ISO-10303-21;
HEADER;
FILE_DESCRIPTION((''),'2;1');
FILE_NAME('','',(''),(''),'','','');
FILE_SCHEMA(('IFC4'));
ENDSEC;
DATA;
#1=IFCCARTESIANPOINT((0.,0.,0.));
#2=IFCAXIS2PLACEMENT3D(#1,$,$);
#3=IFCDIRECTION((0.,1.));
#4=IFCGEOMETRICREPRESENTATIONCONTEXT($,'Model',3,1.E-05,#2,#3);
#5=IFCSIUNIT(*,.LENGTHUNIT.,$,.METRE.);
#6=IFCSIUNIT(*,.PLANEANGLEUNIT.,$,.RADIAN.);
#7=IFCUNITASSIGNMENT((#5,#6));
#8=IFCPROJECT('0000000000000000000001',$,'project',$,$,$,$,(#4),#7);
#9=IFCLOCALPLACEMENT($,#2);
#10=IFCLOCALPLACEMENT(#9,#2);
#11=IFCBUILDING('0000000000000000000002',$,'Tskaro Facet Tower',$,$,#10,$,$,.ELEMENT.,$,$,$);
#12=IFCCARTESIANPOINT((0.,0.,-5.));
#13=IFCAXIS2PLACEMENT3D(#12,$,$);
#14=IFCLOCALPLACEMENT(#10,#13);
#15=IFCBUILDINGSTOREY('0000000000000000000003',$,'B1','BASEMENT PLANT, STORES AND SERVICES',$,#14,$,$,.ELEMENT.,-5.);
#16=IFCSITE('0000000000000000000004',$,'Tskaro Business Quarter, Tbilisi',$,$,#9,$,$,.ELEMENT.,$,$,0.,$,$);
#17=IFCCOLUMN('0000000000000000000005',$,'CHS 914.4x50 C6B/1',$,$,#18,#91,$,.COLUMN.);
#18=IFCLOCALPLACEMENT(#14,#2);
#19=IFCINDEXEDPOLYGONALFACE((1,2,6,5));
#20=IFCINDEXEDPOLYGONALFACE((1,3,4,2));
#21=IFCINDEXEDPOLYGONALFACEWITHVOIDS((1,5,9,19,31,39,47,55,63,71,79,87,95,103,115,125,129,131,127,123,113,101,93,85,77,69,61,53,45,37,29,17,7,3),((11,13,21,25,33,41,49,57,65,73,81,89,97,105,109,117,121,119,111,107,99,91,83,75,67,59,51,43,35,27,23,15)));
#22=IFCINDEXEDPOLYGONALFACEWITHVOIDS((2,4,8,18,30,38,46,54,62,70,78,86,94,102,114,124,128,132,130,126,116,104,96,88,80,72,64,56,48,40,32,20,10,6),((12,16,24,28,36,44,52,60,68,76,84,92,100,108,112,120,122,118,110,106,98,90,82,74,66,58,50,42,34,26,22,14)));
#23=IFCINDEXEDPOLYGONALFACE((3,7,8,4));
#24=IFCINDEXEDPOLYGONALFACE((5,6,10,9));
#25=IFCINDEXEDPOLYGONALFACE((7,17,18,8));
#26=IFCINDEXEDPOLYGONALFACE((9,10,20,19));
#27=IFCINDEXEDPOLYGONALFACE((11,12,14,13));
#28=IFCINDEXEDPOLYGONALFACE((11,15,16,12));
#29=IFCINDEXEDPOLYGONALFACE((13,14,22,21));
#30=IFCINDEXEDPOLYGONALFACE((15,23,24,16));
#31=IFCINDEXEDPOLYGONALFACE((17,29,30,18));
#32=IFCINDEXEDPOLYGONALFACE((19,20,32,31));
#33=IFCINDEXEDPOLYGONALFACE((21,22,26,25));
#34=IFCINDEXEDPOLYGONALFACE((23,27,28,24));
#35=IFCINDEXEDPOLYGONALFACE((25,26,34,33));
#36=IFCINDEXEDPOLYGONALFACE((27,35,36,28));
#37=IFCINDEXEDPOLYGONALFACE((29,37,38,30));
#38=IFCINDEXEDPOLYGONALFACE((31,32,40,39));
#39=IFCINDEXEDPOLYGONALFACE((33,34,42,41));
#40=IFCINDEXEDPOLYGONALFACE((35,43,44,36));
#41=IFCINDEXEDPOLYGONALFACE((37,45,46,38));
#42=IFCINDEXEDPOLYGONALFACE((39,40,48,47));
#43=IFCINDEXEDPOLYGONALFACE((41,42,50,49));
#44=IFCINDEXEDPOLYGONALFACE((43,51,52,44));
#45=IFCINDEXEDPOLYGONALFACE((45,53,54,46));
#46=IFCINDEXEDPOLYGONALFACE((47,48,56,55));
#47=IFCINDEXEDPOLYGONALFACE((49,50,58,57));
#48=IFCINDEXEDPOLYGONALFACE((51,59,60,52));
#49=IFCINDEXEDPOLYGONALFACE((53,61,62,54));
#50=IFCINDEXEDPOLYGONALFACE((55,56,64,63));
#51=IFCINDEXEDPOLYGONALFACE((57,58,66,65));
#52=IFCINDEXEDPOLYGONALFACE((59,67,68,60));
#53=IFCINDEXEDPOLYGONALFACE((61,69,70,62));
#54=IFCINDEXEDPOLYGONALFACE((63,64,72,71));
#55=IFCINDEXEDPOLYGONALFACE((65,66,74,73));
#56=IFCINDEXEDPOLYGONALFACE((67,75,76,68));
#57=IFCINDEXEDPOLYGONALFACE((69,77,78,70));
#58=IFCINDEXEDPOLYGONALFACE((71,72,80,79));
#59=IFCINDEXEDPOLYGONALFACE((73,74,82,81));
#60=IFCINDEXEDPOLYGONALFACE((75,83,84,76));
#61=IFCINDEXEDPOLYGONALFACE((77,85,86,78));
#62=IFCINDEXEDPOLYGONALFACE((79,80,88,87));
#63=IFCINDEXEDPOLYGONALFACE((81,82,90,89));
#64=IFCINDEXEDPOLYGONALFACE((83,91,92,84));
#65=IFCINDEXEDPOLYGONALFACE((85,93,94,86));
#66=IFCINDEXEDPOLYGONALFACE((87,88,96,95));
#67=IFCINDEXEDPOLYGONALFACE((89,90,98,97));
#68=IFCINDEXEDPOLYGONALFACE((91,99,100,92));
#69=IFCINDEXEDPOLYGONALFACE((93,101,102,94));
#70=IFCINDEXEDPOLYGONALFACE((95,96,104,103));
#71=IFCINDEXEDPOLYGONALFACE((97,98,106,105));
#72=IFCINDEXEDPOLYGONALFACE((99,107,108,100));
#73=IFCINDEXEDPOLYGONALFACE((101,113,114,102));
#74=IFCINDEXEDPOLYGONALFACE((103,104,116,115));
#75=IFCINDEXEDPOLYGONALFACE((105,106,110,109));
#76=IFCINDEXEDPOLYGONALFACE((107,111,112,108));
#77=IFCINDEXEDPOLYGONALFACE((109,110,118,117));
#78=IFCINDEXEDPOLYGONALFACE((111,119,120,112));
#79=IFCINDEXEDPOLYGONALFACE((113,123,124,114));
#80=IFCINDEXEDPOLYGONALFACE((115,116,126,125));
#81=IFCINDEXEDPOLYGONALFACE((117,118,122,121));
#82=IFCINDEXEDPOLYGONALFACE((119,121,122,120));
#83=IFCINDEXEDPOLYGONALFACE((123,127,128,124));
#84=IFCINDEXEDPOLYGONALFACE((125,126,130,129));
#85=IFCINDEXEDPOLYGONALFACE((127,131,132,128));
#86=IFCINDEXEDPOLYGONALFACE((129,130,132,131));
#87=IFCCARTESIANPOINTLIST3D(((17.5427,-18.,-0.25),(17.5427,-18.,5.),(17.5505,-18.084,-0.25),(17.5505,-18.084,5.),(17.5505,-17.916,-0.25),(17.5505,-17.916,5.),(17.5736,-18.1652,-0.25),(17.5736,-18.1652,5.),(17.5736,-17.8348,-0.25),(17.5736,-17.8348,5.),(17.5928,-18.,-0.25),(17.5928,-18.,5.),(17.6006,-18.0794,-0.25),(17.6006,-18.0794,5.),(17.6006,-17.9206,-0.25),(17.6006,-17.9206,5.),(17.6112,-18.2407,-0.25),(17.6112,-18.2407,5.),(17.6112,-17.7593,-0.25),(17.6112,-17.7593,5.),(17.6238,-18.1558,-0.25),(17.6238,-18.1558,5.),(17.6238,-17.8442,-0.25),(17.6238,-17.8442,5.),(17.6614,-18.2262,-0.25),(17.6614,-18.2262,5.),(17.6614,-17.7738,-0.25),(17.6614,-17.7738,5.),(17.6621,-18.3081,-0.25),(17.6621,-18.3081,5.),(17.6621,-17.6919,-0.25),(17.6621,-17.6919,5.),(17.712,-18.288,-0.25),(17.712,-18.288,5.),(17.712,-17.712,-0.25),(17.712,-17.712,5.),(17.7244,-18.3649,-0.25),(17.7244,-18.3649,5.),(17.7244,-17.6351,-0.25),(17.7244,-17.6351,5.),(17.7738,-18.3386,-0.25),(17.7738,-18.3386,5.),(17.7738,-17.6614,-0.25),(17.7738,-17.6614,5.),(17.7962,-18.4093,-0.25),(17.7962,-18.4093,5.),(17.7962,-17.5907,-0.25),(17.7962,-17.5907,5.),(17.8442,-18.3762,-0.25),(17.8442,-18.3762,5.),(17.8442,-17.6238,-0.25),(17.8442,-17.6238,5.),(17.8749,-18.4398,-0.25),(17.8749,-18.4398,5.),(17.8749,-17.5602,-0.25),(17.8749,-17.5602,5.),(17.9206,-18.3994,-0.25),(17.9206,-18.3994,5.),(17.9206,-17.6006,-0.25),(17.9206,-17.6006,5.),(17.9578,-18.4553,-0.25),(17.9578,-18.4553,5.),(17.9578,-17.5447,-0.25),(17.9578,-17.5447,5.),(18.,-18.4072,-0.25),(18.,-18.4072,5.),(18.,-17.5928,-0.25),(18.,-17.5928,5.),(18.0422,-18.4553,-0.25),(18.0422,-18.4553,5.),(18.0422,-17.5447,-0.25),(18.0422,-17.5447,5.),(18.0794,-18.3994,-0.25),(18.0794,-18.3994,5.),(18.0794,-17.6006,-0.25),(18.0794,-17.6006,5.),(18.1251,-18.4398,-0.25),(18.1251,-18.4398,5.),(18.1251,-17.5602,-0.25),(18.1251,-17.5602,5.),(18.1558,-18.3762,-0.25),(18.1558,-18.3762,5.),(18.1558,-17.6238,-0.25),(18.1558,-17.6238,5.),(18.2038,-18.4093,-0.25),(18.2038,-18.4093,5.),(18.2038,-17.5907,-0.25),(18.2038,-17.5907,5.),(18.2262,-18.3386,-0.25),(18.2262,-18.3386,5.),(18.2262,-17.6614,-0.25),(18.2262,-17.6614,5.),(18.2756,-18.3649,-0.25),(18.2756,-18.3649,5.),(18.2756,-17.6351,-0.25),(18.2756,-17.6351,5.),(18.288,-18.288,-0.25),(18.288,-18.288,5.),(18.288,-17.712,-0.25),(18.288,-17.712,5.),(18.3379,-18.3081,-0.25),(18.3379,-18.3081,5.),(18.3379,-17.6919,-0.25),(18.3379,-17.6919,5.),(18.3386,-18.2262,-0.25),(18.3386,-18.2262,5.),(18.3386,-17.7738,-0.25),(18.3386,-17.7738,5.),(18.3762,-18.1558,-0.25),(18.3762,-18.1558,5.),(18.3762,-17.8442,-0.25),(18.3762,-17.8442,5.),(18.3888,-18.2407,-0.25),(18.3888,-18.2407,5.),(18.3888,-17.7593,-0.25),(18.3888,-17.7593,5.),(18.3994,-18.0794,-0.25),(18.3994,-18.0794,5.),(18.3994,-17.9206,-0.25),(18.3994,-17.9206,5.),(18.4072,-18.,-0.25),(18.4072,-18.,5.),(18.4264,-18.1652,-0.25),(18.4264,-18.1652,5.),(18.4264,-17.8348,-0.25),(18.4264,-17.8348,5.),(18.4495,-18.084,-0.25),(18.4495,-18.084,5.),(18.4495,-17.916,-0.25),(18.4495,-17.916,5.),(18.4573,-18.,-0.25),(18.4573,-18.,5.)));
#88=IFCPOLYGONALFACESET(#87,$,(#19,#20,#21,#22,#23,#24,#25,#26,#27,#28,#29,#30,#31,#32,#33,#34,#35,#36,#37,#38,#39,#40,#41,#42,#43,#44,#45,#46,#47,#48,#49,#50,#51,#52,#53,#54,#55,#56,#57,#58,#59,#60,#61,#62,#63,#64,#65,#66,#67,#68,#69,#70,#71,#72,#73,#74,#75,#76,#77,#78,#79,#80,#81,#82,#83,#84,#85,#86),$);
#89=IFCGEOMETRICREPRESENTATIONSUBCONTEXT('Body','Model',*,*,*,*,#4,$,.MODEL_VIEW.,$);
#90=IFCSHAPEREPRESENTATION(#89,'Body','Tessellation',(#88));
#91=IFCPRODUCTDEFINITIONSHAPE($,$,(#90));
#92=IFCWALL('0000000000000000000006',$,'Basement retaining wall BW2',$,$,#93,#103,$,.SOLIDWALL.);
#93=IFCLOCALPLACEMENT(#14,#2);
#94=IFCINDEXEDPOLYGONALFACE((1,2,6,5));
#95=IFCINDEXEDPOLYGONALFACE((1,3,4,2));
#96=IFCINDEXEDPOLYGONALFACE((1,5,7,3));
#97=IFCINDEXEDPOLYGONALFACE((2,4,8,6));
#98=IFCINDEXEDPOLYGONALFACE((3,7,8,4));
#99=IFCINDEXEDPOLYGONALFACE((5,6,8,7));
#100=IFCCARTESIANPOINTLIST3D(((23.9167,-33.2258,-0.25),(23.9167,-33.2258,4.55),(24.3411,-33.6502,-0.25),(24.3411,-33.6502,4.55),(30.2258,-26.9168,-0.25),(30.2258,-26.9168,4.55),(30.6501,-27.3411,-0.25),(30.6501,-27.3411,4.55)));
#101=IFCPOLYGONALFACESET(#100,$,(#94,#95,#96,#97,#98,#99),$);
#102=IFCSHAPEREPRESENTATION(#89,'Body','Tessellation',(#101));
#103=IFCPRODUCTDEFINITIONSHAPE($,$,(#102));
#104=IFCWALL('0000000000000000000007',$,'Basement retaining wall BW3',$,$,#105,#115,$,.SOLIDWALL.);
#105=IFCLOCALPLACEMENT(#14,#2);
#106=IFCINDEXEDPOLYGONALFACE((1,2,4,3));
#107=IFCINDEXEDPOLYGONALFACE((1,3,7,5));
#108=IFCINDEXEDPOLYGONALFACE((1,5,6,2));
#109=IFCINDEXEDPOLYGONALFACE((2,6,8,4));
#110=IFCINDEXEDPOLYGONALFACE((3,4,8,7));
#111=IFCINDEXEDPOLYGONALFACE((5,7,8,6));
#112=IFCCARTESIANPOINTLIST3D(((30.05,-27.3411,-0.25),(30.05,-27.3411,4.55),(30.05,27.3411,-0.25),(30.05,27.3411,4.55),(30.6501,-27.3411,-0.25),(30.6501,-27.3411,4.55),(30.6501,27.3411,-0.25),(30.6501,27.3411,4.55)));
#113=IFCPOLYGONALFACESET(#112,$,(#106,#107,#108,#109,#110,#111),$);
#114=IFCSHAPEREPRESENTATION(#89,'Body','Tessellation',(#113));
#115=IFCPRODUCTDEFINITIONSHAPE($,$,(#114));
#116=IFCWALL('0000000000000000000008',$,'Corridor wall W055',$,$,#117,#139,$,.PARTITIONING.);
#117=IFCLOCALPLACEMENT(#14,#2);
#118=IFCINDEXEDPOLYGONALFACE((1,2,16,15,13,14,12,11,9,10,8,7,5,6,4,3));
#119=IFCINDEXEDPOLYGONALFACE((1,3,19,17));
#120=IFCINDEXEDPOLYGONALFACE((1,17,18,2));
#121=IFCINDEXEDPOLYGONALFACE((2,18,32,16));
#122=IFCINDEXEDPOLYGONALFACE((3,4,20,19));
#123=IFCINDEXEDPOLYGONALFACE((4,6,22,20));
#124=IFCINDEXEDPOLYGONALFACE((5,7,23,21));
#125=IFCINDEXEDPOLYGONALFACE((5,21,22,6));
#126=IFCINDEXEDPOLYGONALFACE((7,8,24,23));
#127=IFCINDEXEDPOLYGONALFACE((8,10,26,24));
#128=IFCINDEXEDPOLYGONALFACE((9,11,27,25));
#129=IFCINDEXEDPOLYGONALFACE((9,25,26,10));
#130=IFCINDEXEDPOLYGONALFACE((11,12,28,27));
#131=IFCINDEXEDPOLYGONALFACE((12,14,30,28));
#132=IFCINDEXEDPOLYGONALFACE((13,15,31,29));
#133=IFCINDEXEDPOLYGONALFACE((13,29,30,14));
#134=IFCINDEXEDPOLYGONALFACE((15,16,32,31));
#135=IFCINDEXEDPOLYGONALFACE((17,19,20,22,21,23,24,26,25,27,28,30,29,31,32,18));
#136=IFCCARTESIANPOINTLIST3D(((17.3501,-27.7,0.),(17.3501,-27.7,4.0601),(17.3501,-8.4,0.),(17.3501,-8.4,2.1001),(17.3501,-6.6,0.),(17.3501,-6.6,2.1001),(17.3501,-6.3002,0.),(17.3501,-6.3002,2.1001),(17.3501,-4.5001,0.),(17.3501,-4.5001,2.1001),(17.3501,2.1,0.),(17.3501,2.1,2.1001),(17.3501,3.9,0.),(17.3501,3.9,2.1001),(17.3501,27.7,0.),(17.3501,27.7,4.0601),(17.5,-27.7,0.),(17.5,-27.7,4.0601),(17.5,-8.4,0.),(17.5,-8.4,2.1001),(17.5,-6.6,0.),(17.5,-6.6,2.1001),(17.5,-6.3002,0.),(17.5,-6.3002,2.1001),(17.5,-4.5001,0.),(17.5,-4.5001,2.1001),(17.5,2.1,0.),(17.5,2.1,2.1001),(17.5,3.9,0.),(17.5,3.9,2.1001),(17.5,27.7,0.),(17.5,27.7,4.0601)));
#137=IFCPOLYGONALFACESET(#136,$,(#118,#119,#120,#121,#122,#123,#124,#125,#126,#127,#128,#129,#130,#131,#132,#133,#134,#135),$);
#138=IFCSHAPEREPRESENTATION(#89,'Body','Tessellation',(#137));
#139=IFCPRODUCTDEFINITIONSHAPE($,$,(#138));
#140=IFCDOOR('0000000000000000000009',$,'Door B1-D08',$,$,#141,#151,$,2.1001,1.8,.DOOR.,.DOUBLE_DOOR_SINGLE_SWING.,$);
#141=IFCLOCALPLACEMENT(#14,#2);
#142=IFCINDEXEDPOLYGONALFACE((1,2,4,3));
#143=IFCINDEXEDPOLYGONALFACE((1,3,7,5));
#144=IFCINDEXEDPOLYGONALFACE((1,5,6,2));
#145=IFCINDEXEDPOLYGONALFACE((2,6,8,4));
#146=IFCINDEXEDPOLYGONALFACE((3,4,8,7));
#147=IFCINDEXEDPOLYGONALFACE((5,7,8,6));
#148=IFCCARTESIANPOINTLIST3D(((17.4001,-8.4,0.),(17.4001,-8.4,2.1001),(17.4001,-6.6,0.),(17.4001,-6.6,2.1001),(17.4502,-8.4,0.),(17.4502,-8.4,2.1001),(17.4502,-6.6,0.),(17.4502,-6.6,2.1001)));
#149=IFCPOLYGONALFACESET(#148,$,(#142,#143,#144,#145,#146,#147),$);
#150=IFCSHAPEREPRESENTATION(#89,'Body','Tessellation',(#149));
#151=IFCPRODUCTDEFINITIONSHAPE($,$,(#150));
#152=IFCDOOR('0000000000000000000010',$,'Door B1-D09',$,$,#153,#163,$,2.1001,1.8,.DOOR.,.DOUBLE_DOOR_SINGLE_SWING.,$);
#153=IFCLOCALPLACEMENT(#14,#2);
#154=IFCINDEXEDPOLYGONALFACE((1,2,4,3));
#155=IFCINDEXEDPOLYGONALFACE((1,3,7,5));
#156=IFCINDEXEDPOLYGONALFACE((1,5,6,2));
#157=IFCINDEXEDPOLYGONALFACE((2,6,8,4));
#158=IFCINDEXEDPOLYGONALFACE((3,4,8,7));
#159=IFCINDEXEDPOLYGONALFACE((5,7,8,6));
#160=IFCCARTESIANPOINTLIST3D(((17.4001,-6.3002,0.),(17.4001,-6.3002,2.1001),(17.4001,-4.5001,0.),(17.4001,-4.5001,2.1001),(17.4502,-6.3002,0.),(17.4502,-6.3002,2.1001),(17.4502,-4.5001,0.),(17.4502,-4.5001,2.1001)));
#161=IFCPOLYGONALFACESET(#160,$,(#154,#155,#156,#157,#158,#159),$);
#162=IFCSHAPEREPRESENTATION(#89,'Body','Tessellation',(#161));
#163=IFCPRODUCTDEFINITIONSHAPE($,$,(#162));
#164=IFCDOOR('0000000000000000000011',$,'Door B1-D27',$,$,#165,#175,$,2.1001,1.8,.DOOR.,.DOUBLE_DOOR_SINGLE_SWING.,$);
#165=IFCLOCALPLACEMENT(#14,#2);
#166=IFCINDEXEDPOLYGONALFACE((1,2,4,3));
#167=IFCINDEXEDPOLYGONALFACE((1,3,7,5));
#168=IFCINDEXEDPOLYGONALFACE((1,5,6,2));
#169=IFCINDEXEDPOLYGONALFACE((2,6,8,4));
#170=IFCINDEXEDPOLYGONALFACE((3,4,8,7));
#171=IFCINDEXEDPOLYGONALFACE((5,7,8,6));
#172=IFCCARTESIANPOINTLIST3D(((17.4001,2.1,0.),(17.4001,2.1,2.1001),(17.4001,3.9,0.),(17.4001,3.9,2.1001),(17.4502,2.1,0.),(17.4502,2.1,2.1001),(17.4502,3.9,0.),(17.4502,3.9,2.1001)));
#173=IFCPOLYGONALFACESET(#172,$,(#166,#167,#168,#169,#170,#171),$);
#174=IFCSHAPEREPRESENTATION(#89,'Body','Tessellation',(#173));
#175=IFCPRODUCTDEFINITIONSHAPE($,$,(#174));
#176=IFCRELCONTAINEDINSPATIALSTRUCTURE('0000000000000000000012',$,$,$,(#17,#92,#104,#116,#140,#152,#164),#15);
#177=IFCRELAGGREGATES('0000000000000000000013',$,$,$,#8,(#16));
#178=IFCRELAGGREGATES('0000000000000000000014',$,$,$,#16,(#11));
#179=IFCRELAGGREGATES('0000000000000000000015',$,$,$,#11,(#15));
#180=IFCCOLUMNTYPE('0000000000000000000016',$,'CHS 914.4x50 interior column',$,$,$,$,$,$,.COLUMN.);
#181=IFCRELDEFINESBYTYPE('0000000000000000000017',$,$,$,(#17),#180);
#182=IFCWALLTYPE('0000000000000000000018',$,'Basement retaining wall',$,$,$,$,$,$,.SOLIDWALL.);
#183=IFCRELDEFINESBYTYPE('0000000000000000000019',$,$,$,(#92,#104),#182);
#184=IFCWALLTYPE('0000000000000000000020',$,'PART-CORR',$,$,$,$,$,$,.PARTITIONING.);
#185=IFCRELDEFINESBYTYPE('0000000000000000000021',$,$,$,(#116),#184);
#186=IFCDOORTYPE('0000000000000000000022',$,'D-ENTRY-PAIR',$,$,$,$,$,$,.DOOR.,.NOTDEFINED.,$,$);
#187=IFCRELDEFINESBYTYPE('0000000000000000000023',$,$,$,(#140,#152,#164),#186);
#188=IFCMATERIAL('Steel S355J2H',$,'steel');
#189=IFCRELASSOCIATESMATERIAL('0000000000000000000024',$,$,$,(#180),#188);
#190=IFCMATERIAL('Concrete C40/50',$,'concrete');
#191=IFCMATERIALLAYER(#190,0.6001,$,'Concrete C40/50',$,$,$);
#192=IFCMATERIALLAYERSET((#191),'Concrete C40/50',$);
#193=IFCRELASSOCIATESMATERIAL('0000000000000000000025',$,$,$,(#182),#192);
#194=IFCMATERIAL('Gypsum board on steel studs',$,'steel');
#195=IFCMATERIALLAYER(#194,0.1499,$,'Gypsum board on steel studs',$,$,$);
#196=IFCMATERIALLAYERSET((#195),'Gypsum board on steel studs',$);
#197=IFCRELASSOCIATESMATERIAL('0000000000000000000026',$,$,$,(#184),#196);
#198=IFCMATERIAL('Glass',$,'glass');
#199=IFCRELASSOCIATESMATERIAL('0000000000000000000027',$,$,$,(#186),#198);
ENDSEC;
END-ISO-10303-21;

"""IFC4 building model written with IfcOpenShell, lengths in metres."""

from ifc_helpers import new_model, si_unit, direction, frame, frame_2d, origin, origin_2d, place, context, subcontext, project, spatial, rectangle, hollow_circle, extrude, material, layer, layer_set, material_profile, profile_set, type_object, element, fill, save


model = new_model("IFC4")

# Units and contexts
model_context = context("Model", 3, precision=1e-05, world=origin(), true_north=direction((0.0, 1.0)))
body_context = subcontext(model_context, "Body", "Model", "MODEL_VIEW")
ifc_project = project(units=[si_unit("LENGTHUNIT", "METRE"), si_unit("PLANEANGLEUNIT", "RADIAN")], contexts=[model_context])

# Site, building, storey
site_placement = place(None, origin())
site = spatial("IfcSite", under=ifc_project, at=site_placement, Name="Tskaro Business Quarter, Tbilisi", CompositionType="ELEMENT", RefElevation=0.0)
building_placement = place(site_placement, origin())
building = spatial("IfcBuilding", under=site, at=building_placement, Name="Tskaro Facet Tower", CompositionType="ELEMENT")
storey_placement = place(building_placement, frame((0.0, 0.0, -5.0)))
storey = spatial("IfcBuildingStorey", under=building, at=storey_placement, Name="B1", Description="BASEMENT PLANT, STORES AND SERVICES", CompositionType="ELEMENT", Elevation=-5.0)

# Column
ifc_material_1 = material(Name="Steel S355J2H", Category="steel")
ifc_material_profile_1 = material_profile(ifc_material_1, hollow_circle(Radius=0.4573, WallThickness=0.05, at=origin_2d()), Name="CHS 914.4x50")
ifc_profile_set_1 = profile_set([ifc_material_profile_1], Name="Steel S355J2H")
column_type_1 = type_object("IfcColumnType", Name="CHS 914.4x50 interior column", PredefinedType="COLUMN", material=ifc_profile_set_1)
column_placement = place(storey_placement, frame((18.0, -18.0, -0.25), z_axis=(0.0, 0.0, 1.0), x_axis=(1.0, 0.0, 0.0)))
element("IfcColumn", 1, at=column_placement, inside=storey, type_object=column_type_1, Name="CHS 914.4x50 C6B/1", PredefinedType="COLUMN", context=body_context, shape_type="SweptSolid", body=[
    extrude(hollow_circle(Radius=0.4573, WallThickness=0.05, at=origin_2d()), origin(), (0.0, 0.0, 1.0), 5.25),
])

# Walls
ifc_material_2 = material(Name="Concrete C40/50", Category="concrete")
ifc_layer_1 = layer(ifc_material_2, 0.6001, Name="Concrete C40/50")
ifc_layer_set_1 = layer_set([ifc_layer_1], Name="Concrete C40/50")
wall_type_1 = type_object("IfcWallType", Name="Basement retaining wall", PredefinedType="SOLIDWALL", material=ifc_layer_set_1)
wall_1_placement = place(storey_placement, frame((24.1289, -33.438, -0.25), z_axis=(0.0, 0.0, 1.0), x_axis=(0.707107, 0.707107, 0.0)))
element("IfcWall", 2, at=wall_1_placement, inside=storey, type_object=wall_type_1, Name="Basement retaining wall BW2", PredefinedType="SOLIDWALL", context=body_context, shape_type="SweptSolid", body=[
    extrude(rectangle(XDim=8.9224, YDim=0.6001, at=frame_2d((4.4612, 0.0))), origin(), (0.0, 0.0, 1.0), 4.8),
])
wall_2_placement = place(storey_placement, frame((30.3501, -27.3411, -0.25), z_axis=(0.0, 0.0, 1.0), x_axis=(0.0, 1.0, 0.0)))
element("IfcWall", 3, at=wall_2_placement, inside=storey, type_object=wall_type_1, Name="Basement retaining wall BW3", PredefinedType="SOLIDWALL", context=body_context, shape_type="SweptSolid", body=[
    extrude(rectangle(XDim=54.6821, YDim=0.6001, at=frame_2d((27.3411, 0.0))), origin(), (0.0, 0.0, 1.0), 4.8),
])

# Wall, openings, doors
ifc_material_3 = material(Name="Gypsum board on steel studs", Category="steel")
ifc_layer_2 = layer(ifc_material_3, 0.1499, Name="Gypsum board on steel studs")
ifc_layer_set_2 = layer_set([ifc_layer_2], Name="Gypsum board on steel studs")
wall_type_2 = type_object("IfcWallType", Name="PART-CORR", PredefinedType="PARTITIONING", material=ifc_layer_set_2)
wall_3_placement = place(storey_placement, frame((17.425, -27.7, 0.0), z_axis=(0.0, 0.0, 1.0), x_axis=(0.0, 1.0, 0.0)))
wall_3 = element("IfcWall", 4, at=wall_3_placement, inside=storey, type_object=wall_type_2, Name="Corridor wall W055", PredefinedType="PARTITIONING", context=body_context, shape_type="SweptSolid", body=[
    extrude(rectangle(XDim=55.3999, YDim=0.1499, at=frame_2d((27.7, 0.0))), origin(), (0.0, 0.0, 1.0), 4.0601),
])
opening_1_placement = place(wall_3_placement, frame((19.3, 0.0, 0.0)))
opening_1 = element("IfcOpeningElement", 5, at=opening_1_placement, cuts=wall_3, PredefinedType="OPENING", context=body_context, shape_type="SweptSolid", body=[
    extrude(rectangle(XDim=1.8, YDim=2.1001, at=frame_2d((0.8999, 1.05))), frame((0.0, 0.085, 0.0), z_axis=(0.0, -1.0, 0.0), x_axis=(1.0, 0.0, 0.0)), (0.0, 0.0, 1.0), 0.1699),
])
opening_2_placement = place(wall_3_placement, frame((21.3999, 0.0, 0.0)))
opening_2 = element("IfcOpeningElement", 6, at=opening_2_placement, cuts=wall_3, PredefinedType="OPENING", context=body_context, shape_type="SweptSolid", body=[
    extrude(rectangle(XDim=1.8, YDim=2.1001, at=frame_2d((0.8999, 1.05))), frame((0.0, 0.085, 0.0), z_axis=(0.0, -1.0, 0.0), x_axis=(1.0, 0.0, 0.0)), (0.0, 0.0, 1.0), 0.1699),
])
opening_3_placement = place(wall_3_placement, frame((29.8, 0.0, 0.0)))
opening_3 = element("IfcOpeningElement", 7, at=opening_3_placement, cuts=wall_3, PredefinedType="OPENING", context=body_context, shape_type="SweptSolid", body=[
    extrude(rectangle(XDim=1.8, YDim=2.1001, at=frame_2d((0.8999, 1.05))), frame((0.0, 0.085, 0.0), z_axis=(0.0, -1.0, 0.0), x_axis=(1.0, 0.0, 0.0)), (0.0, 0.0, 1.0), 0.1699),
])
ifc_material_4 = material(Name="Glass", Category="glass")
door_type = type_object("IfcDoorType", Name="D-ENTRY-PAIR", OperationType="NOTDEFINED", PredefinedType="DOOR", material=ifc_material_4)
door_1_placement = place(opening_1_placement, origin())
door_1 = element("IfcDoor", 8, at=door_1_placement, inside=storey, type_object=door_type, Name="Door B1-D08", OperationType="DOUBLE_DOOR_SINGLE_SWING", OverallHeight=2.1001, OverallWidth=1.8, PredefinedType="DOOR", context=body_context, shape_type="SweptSolid", body=[
    extrude(rectangle(XDim=1.8, YDim=2.1001, at=frame_2d((0.8999, 1.05))), frame((0.0, 0.0249, 0.0), z_axis=(0.0, -1.0, 0.0), x_axis=(1.0, 0.0, 0.0)), (0.0, 0.0, 1.0), 0.05),
])
fill(opening_1, door_1)
door_2_placement = place(opening_2_placement, origin())
door_2 = element("IfcDoor", 9, at=door_2_placement, inside=storey, type_object=door_type, Name="Door B1-D09", OperationType="DOUBLE_DOOR_SINGLE_SWING", OverallHeight=2.1001, OverallWidth=1.8, PredefinedType="DOOR", context=body_context, shape_type="SweptSolid", body=[
    extrude(rectangle(XDim=1.8, YDim=2.1001, at=frame_2d((0.8999, 1.05))), frame((0.0, 0.0249, 0.0), z_axis=(0.0, -1.0, 0.0), x_axis=(1.0, 0.0, 0.0)), (0.0, 0.0, 1.0), 0.05),
])
fill(opening_2, door_2)
door_3_placement = place(opening_3_placement, origin())
door_3 = element("IfcDoor", 10, at=door_3_placement, inside=storey, type_object=door_type, Name="Door B1-D27", OperationType="DOUBLE_DOOR_SINGLE_SWING", OverallHeight=2.1001, OverallWidth=1.8, PredefinedType="DOOR", context=body_context, shape_type="SweptSolid", body=[
    extrude(rectangle(XDim=1.8, YDim=2.1001, at=frame_2d((0.8999, 1.05))), frame((0.0, 0.0249, 0.0), z_axis=(0.0, -1.0, 0.0), x_axis=(1.0, 0.0, 0.0)), (0.0, 0.0, 1.0), 0.05),
])
fill(opening_3, door_3)

save(model, "model.ifc")
